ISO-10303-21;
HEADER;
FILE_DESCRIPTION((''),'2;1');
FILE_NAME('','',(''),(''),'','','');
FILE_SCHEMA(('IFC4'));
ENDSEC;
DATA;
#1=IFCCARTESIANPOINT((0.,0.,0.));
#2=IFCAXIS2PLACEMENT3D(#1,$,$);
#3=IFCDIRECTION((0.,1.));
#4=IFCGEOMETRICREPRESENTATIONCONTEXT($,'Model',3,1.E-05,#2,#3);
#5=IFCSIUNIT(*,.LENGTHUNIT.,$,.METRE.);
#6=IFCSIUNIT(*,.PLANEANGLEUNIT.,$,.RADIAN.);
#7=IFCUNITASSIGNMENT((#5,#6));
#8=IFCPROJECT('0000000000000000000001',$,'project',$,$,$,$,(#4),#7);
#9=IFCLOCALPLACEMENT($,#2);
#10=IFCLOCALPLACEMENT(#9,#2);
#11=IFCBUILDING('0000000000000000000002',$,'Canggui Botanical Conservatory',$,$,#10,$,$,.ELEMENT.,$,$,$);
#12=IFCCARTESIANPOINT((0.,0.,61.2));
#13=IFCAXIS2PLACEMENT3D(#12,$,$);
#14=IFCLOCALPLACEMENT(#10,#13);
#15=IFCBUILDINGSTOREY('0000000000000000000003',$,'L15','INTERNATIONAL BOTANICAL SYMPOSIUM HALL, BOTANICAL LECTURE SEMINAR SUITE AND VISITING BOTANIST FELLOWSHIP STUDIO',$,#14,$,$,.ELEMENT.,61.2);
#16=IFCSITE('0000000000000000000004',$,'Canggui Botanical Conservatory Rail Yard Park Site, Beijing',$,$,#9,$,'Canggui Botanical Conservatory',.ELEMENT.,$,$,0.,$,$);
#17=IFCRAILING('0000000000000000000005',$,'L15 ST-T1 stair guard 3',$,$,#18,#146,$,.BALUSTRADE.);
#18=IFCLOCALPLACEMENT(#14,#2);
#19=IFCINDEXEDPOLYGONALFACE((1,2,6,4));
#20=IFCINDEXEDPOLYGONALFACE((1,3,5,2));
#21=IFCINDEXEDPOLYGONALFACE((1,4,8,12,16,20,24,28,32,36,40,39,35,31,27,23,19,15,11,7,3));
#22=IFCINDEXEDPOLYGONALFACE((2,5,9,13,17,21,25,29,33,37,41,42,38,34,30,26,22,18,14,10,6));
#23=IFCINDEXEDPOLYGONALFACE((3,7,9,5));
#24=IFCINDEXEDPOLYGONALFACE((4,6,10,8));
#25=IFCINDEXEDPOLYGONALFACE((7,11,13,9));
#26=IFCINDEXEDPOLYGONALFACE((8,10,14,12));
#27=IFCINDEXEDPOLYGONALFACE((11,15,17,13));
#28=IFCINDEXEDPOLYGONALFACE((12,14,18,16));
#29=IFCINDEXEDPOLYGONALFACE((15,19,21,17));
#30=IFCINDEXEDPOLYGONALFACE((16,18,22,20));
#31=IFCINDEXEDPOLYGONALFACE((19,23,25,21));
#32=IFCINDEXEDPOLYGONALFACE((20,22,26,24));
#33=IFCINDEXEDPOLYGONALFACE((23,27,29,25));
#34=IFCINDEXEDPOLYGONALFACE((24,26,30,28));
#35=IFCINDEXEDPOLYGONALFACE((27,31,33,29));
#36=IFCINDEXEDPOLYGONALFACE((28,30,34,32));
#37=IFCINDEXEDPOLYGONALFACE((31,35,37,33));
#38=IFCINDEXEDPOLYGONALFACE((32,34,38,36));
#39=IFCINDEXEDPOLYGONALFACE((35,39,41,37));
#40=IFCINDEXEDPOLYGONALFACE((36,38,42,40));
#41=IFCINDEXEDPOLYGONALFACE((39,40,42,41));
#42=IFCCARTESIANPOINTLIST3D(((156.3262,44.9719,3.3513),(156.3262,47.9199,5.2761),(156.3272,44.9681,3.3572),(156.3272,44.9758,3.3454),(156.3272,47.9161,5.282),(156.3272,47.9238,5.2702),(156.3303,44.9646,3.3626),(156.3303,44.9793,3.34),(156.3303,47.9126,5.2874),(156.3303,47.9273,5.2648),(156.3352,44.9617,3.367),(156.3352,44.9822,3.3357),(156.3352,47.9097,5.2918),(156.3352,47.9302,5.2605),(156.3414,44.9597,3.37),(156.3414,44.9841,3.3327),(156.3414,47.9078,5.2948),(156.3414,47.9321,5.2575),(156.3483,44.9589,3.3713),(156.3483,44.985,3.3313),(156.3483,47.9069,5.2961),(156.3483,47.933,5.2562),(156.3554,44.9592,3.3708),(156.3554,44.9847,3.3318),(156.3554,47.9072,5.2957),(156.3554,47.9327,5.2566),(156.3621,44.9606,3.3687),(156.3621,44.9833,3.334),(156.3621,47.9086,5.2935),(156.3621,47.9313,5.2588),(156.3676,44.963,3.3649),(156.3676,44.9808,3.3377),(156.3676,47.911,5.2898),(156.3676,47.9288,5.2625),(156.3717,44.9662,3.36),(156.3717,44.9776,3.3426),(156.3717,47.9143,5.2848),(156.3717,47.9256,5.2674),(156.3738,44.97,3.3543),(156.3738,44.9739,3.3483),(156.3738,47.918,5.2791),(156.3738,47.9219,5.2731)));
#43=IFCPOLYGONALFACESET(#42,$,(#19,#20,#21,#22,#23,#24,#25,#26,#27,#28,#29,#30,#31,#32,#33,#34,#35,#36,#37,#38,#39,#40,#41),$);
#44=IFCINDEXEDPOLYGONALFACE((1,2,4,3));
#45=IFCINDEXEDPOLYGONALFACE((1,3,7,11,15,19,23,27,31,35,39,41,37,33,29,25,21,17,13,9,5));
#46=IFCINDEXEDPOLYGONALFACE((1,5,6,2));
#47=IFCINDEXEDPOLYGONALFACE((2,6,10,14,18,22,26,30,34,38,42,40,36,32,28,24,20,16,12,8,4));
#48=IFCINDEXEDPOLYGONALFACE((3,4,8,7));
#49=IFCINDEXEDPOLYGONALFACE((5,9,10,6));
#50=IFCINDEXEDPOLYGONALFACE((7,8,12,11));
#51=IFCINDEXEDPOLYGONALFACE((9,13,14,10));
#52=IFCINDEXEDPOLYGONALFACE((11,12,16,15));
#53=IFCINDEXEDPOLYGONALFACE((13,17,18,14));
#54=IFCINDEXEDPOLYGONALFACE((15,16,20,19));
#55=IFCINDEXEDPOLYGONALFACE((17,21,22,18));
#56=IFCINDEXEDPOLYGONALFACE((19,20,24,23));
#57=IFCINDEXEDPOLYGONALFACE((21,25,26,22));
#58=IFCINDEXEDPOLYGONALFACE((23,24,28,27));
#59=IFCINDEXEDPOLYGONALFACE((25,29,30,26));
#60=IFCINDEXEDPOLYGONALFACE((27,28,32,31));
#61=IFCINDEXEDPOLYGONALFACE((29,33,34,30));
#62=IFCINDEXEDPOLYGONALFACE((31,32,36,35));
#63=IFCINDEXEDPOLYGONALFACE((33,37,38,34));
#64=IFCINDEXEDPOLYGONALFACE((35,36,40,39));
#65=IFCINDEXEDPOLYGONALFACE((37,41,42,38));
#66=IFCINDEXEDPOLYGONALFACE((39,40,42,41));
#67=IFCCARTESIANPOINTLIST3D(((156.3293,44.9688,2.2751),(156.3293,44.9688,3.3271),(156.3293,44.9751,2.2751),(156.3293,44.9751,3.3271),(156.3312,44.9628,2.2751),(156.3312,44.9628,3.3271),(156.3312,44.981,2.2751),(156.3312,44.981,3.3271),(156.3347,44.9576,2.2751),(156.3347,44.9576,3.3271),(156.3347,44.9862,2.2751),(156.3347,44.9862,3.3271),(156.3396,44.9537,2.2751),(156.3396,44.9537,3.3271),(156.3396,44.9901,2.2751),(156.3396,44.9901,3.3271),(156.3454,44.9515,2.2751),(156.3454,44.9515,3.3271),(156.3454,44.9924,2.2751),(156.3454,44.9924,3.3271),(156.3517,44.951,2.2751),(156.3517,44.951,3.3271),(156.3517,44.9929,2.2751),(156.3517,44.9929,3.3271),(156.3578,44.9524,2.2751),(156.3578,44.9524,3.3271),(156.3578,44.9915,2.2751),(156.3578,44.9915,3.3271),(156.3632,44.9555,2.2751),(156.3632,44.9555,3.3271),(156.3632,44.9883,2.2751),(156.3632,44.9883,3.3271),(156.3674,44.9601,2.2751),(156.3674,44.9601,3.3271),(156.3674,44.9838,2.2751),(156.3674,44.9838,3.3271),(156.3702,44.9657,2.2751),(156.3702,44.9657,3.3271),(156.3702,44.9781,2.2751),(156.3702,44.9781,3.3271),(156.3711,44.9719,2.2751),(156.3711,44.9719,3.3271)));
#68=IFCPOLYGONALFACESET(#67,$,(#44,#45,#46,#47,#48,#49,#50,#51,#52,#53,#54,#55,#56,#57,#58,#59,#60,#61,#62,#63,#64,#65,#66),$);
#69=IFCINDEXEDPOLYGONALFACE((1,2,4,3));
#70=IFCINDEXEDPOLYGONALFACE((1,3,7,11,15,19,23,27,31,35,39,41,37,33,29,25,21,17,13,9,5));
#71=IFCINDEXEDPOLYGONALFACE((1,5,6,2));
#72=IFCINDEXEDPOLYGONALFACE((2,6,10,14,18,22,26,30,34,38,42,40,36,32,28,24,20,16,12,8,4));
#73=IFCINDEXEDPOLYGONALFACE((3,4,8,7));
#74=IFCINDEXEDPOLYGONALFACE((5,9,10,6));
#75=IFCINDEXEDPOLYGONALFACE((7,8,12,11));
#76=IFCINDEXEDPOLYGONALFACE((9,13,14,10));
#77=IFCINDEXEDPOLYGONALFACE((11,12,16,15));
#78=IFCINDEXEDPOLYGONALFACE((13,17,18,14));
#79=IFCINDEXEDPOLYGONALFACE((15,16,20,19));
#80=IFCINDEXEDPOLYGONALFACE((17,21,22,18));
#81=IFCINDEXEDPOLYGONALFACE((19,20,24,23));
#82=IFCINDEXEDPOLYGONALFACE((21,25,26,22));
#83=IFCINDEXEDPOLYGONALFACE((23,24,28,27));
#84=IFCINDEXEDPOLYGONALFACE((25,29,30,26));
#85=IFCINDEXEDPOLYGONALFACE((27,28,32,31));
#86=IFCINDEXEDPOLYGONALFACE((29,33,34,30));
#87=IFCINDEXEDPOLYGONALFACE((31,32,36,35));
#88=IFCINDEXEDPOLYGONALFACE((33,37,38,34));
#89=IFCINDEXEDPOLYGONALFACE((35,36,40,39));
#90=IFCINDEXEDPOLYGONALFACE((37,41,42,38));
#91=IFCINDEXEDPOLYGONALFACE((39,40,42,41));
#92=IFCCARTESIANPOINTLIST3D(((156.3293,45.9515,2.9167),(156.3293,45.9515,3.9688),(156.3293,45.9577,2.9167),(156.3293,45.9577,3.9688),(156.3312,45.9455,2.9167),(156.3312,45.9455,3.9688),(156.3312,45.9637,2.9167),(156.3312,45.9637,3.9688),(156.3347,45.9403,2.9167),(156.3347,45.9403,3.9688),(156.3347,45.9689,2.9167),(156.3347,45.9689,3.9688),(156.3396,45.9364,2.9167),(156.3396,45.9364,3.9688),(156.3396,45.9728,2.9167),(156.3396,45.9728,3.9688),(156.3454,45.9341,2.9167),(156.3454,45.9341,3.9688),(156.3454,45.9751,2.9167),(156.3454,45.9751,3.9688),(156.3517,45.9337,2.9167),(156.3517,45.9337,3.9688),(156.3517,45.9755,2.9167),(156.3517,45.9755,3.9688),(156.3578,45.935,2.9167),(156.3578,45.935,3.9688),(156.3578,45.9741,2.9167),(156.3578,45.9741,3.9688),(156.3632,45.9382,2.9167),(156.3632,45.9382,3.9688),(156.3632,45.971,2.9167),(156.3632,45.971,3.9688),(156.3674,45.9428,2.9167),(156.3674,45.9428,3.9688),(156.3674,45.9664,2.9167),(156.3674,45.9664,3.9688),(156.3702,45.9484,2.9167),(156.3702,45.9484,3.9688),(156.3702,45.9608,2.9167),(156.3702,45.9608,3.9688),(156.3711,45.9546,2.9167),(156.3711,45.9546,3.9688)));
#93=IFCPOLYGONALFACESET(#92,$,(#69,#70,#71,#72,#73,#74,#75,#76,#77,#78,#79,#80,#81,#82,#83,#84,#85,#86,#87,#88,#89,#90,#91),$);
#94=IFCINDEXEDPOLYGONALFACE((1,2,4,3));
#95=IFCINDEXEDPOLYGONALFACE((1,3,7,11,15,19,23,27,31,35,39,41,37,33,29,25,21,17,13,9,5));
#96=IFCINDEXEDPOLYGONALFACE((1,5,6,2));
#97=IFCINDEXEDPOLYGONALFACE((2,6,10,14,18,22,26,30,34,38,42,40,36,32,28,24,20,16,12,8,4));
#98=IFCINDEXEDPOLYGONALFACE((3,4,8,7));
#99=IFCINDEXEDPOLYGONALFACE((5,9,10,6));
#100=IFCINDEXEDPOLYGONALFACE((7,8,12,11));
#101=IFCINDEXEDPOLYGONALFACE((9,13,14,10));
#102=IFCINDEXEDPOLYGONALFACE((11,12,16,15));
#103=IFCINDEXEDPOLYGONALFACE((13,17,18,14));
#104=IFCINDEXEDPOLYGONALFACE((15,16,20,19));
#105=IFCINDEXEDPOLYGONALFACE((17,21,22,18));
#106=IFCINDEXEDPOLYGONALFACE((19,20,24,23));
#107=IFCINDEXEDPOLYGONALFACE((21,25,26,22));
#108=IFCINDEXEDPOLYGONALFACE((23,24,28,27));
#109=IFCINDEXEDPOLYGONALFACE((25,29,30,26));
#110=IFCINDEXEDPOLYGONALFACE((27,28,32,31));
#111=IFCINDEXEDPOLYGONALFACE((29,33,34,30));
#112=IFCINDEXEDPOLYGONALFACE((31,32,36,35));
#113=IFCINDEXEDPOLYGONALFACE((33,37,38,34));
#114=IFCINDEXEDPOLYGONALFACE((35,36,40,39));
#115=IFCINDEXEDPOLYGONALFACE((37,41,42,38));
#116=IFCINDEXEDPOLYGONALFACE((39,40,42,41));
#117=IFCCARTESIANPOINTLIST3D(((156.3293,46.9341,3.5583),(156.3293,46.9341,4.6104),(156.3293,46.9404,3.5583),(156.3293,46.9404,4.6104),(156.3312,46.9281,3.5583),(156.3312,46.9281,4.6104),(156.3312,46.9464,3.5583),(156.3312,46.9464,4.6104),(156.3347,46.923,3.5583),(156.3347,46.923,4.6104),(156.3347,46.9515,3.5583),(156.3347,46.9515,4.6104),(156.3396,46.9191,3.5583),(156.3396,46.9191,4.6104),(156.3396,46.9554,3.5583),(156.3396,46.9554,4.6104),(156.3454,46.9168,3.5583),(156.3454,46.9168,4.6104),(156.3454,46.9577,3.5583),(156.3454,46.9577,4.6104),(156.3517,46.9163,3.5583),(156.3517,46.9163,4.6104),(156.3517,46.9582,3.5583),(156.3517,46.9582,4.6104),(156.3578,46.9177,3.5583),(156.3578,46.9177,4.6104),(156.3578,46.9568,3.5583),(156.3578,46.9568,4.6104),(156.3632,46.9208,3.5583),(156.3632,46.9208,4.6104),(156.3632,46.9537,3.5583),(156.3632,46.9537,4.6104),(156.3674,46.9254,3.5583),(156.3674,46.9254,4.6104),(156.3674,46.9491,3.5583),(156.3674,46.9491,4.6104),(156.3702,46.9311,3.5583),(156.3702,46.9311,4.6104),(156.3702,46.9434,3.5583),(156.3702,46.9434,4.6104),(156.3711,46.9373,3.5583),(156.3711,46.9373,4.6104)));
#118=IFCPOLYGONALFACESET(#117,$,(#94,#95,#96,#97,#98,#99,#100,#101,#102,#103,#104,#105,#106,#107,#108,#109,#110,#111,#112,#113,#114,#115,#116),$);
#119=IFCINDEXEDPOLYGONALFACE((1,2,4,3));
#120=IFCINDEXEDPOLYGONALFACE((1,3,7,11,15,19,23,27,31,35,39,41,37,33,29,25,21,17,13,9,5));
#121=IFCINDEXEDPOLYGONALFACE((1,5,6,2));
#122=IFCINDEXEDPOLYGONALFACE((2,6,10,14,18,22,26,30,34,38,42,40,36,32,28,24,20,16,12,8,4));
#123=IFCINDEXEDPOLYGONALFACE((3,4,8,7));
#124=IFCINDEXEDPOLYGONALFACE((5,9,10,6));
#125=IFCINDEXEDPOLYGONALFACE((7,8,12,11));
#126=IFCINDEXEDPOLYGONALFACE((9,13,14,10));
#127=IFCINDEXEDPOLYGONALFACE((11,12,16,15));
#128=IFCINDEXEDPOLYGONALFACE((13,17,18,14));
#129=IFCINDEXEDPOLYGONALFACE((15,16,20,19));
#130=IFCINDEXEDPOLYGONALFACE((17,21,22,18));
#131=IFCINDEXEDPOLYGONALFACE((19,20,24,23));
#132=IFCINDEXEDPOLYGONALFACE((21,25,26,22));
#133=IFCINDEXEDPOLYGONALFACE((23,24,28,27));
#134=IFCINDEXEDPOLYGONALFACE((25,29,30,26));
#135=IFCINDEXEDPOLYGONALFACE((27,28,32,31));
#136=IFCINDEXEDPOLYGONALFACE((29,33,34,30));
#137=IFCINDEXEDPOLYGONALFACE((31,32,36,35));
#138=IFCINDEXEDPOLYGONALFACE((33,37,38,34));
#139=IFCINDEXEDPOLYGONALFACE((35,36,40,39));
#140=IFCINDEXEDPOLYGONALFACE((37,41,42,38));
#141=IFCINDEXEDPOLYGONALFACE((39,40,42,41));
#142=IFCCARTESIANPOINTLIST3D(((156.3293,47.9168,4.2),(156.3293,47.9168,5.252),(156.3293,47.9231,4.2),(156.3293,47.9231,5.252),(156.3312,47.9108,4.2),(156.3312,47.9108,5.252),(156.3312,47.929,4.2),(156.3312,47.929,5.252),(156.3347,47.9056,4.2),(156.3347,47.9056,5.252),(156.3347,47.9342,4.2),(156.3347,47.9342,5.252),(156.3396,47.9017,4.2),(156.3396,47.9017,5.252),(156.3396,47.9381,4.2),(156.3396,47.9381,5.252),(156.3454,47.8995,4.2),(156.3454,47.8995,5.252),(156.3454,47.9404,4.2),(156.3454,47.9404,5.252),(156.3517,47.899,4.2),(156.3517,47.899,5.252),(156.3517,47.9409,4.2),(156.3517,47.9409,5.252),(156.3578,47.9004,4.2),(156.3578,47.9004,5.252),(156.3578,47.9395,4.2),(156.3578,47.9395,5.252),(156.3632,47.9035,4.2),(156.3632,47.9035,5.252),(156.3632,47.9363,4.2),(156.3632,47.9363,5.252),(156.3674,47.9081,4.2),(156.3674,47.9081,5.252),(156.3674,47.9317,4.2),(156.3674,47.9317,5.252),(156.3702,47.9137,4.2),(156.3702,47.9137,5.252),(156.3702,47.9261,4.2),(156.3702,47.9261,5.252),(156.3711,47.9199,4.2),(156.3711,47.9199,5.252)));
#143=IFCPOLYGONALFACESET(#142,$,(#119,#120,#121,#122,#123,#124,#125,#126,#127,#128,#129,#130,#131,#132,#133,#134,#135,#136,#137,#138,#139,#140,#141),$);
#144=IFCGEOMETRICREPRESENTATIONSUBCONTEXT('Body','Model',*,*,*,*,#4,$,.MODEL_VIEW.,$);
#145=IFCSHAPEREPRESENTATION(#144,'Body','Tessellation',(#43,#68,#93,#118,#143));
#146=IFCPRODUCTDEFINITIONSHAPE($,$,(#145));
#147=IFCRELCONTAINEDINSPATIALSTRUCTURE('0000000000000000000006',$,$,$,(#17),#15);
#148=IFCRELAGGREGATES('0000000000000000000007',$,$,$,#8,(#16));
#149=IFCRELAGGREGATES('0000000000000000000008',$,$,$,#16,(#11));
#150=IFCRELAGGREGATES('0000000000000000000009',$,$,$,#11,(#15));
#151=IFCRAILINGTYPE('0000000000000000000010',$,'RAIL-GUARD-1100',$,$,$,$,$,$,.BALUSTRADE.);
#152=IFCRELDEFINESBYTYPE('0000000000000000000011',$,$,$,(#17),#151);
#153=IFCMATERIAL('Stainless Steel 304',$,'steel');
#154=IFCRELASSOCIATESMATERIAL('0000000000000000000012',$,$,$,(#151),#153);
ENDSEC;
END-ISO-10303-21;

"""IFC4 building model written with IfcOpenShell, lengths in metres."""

from ifc_helpers import new_model, si_unit, direction, frame, origin, origin_2d, place, context, subcontext, project, spatial, circle, extrude, material, type_object, element, save


model = new_model("IFC4")

# Units and contexts
model_context = context("Model", 3, precision=1e-05, world=origin(), true_north=direction((0.0, 1.0)))
body_context = subcontext(model_context, "Body", "Model", "MODEL_VIEW")
ifc_project = project(units=[si_unit("LENGTHUNIT", "METRE"), si_unit("PLANEANGLEUNIT", "RADIAN")], contexts=[model_context])

# Site, building, storey
site_placement = place(None, origin())
site = spatial("IfcSite", under=ifc_project, at=site_placement, Name="Canggui Botanical Conservatory Rail Yard Park Site, Beijing", LongName="Canggui Botanical Conservatory", CompositionType="ELEMENT", RefElevation=0.0)
building_placement = place(site_placement, origin())
building = spatial("IfcBuilding", under=site, at=building_placement, Name="Canggui Botanical Conservatory", CompositionType="ELEMENT")
storey_placement = place(building_placement, frame((0.0, 0.0, 61.2)))
storey = spatial("IfcBuildingStorey", under=building, at=storey_placement, Name="L15", Description="INTERNATIONAL BOTANICAL SYMPOSIUM HALL, BOTANICAL LECTURE SEMINAR SUITE AND VISITING BOTANIST FELLOWSHIP STUDIO", CompositionType="ELEMENT", Elevation=61.2)

# Railing
ifc_material_1 = material(Name="Stainless Steel 304", Category="steel")
railing_type_1 = type_object("IfcRailingType", Name="RAIL-GUARD-1100", PredefinedType="BALUSTRADE", material=ifc_material_1)
railing_1_placement = place(storey_placement, frame((156.3501, 44.9719, 2.2751)))
element("IfcRailing", 1, at=railing_1_placement, inside=storey, type_object=railing_type_1, Name="L15 ST-T1 stair guard 3", PredefinedType="BALUSTRADE", context=body_context, shape_type="SweptSolid", body=[
    extrude(circle(Radius=0.0239, at=origin_2d()), frame((0.0, 0.0, 1.0762), z_axis=(0.0, 0.837325, 0.546706), x_axis=(-1.0, 0.0, 0.0)), (0.0, 0.0, 1.0), 3.5208),
    extrude(circle(Radius=0.021, at=origin_2d()), origin(), (0.0, 0.0, 1.0), 1.052),
    extrude(circle(Radius=0.021, at=origin_2d()), frame((0.0, 0.9827, 0.6416)), (0.0, 0.0, 1.0), 1.052),
    extrude(circle(Radius=0.021, at=origin_2d()), frame((0.0, 1.9653, 1.2832)), (0.0, 0.0, 1.0), 1.052),
    extrude(circle(Radius=0.021, at=origin_2d()), frame((0.0, 2.948, 1.9248)), (0.0, 0.0, 1.0), 1.052),
])

save(model, "model.ifc")
